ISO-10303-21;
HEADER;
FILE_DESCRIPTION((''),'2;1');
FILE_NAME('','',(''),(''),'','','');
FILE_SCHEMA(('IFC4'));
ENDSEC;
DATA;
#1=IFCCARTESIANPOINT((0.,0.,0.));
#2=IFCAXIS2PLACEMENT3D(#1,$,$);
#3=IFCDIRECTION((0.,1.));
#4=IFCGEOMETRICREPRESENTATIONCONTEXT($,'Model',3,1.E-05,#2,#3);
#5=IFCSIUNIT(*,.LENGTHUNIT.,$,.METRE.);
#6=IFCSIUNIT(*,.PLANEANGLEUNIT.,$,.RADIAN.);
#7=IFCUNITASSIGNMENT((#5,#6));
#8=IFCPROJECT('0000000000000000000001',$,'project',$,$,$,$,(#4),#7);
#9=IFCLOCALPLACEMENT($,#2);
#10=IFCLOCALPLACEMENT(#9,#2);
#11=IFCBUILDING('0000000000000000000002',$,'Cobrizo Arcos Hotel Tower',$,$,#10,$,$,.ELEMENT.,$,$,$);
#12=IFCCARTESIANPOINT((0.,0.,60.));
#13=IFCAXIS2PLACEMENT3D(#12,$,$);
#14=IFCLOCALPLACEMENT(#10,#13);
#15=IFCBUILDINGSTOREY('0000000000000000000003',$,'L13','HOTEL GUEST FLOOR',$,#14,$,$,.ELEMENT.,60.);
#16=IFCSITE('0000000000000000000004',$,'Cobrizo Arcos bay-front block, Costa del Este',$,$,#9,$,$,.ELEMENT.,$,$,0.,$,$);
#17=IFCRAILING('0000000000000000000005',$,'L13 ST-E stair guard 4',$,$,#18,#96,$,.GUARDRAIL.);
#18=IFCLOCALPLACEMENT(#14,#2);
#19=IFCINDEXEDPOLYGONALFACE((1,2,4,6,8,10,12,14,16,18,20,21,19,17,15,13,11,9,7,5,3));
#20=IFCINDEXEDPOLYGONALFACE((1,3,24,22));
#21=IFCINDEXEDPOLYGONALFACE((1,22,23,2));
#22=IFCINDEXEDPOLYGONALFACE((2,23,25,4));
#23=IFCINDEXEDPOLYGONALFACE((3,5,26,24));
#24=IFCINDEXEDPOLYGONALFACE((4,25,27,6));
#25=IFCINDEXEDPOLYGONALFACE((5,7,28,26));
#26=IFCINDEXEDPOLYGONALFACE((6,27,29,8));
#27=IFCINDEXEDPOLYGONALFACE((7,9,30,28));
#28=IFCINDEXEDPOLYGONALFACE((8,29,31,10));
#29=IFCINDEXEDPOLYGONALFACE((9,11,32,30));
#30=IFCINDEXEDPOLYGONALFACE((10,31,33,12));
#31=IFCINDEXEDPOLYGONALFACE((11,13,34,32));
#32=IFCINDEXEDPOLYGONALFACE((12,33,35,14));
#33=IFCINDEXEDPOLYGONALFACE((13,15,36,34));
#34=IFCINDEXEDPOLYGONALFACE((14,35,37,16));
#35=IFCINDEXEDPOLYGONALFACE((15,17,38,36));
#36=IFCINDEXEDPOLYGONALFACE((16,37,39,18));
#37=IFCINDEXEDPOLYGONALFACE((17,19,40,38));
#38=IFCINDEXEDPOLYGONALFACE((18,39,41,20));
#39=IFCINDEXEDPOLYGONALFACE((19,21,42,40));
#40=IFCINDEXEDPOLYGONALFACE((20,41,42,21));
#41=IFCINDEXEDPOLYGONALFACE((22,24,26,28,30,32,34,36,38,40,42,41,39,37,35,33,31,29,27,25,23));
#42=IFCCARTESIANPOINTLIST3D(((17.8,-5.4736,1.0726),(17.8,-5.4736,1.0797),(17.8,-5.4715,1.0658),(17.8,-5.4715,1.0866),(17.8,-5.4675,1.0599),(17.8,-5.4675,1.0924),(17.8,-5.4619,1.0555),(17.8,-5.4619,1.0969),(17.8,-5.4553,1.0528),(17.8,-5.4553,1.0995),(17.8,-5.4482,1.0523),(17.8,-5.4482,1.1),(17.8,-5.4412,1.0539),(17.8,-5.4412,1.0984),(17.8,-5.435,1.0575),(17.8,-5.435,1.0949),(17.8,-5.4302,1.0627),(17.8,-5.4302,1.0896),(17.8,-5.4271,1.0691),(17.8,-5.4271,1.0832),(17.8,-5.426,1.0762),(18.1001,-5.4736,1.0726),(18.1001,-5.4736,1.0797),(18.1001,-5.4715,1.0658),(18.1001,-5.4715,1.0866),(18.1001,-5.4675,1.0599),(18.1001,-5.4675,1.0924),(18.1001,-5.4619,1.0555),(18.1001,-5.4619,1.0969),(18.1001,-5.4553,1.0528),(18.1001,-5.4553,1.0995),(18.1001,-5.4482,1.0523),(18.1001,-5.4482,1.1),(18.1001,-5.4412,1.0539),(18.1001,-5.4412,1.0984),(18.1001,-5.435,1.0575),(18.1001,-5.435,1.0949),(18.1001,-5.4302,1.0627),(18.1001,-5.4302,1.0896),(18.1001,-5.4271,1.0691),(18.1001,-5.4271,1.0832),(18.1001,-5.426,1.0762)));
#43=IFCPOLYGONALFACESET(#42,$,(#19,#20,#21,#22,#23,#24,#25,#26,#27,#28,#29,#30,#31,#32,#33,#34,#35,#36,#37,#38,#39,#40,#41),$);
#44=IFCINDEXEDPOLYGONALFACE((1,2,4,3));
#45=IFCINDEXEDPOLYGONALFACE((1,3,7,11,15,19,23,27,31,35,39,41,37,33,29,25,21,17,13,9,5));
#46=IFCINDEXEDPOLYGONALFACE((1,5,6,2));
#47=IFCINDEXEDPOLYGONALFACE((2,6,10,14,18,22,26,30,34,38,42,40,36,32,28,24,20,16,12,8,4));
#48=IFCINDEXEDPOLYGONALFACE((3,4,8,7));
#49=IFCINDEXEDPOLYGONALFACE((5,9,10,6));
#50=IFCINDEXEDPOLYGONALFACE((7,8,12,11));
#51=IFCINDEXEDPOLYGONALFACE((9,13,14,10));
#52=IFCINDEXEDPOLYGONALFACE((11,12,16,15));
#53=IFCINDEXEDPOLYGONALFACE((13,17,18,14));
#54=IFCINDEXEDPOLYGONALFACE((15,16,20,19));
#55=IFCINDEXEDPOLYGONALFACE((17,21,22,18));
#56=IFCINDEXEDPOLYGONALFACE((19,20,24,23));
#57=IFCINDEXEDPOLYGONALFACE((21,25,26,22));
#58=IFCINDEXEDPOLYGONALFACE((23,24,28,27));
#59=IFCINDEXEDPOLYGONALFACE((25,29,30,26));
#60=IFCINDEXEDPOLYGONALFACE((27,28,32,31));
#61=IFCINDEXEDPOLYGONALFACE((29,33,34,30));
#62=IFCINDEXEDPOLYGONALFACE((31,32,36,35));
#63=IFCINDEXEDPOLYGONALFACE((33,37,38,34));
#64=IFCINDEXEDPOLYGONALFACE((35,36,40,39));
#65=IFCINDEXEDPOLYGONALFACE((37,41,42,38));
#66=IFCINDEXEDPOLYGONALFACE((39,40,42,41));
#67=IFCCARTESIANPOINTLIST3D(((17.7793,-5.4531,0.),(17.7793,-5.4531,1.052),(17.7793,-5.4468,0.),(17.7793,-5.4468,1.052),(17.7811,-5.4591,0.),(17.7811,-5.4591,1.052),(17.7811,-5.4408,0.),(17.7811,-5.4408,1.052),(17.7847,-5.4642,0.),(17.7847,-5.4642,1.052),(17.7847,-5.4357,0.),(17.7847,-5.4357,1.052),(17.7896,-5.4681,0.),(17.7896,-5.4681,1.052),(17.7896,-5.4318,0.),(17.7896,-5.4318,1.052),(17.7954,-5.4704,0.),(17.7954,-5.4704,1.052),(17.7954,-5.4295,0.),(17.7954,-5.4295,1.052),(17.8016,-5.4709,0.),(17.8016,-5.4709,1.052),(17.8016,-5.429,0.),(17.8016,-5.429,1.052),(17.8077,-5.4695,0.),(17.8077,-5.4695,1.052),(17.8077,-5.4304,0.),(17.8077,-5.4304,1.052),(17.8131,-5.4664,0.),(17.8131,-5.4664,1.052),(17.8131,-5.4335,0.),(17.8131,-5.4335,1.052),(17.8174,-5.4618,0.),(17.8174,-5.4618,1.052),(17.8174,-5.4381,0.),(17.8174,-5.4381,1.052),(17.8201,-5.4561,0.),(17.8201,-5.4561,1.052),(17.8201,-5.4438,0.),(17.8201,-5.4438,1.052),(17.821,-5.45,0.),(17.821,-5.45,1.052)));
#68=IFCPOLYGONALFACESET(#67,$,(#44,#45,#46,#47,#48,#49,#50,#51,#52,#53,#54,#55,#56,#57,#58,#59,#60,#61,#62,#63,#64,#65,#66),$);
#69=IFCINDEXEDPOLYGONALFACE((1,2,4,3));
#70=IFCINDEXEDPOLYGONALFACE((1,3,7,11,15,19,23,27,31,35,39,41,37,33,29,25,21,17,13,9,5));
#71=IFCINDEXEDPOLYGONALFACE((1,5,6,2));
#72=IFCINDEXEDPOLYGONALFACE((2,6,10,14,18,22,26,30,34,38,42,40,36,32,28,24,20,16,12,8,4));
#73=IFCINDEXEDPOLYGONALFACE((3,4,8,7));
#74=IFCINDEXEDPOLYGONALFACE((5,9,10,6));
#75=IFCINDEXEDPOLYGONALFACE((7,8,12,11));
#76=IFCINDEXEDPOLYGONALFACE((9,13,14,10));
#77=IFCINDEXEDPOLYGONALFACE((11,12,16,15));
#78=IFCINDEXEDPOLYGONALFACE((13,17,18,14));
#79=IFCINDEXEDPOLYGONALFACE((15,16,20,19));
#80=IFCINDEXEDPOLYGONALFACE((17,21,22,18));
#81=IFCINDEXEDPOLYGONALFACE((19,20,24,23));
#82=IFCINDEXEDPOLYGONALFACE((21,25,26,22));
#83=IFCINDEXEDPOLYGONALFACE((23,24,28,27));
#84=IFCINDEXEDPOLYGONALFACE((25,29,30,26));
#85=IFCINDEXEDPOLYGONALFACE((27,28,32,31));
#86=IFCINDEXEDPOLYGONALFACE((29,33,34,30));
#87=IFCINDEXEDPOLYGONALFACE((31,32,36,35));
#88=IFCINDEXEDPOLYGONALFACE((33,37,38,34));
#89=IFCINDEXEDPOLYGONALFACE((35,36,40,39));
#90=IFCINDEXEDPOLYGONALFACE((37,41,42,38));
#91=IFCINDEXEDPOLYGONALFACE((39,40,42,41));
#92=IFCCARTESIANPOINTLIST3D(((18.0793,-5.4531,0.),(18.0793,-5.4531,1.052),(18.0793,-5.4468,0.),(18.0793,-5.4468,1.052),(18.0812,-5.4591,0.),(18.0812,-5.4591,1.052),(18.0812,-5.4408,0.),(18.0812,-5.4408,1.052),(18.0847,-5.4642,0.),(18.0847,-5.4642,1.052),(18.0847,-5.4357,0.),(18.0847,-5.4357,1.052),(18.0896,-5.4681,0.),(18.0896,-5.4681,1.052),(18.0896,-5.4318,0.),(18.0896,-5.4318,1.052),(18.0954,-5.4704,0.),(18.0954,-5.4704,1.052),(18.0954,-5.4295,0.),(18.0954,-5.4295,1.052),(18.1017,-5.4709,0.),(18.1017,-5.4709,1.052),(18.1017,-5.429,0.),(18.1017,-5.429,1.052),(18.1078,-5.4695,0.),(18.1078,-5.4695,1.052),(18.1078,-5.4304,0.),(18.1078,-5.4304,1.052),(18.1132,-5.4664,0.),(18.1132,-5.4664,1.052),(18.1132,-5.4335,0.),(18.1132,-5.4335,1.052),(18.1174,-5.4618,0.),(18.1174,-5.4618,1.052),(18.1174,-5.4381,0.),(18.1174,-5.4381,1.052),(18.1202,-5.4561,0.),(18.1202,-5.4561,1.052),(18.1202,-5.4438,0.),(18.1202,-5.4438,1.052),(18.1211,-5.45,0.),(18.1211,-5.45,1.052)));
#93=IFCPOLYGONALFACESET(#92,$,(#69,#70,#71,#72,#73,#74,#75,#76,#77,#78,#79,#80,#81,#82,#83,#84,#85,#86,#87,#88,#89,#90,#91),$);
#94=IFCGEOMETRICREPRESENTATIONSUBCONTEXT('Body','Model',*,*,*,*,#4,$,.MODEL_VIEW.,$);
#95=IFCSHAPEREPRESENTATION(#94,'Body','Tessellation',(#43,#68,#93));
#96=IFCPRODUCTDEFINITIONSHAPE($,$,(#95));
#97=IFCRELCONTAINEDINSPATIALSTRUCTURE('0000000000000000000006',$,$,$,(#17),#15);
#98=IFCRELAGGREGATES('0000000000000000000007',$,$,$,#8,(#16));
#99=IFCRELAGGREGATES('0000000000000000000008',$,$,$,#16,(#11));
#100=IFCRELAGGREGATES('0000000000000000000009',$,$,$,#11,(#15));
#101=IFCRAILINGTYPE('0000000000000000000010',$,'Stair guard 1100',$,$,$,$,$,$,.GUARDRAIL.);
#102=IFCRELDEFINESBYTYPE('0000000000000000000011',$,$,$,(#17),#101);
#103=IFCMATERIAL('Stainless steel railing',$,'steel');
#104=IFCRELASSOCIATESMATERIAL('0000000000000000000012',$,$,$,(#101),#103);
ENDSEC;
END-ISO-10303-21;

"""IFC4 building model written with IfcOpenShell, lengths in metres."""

from ifc_helpers import new_model, si_unit, direction, frame, origin, origin_2d, place, context, subcontext, project, spatial, circle, extrude, material, type_object, element, save


model = new_model("IFC4")

# Units and contexts
model_context = context("Model", 3, precision=1e-05, world=origin(), true_north=direction((0.0, 1.0)))
body_context = subcontext(model_context, "Body", "Model", "MODEL_VIEW")
ifc_project = project(units=[si_unit("LENGTHUNIT", "METRE"), si_unit("PLANEANGLEUNIT", "RADIAN")], contexts=[model_context])

# Site, building, storey
site_placement = place(None, origin())
site = spatial("IfcSite", under=ifc_project, at=site_placement, Name="Cobrizo Arcos bay-front block, Costa del Este", CompositionType="ELEMENT", RefElevation=0.0)
building_placement = place(site_placement, origin())
building = spatial("IfcBuilding", under=site, at=building_placement, Name="Cobrizo Arcos Hotel Tower", CompositionType="ELEMENT")
storey_placement = place(building_placement, frame((0.0, 0.0, 60.0)))
storey = spatial("IfcBuildingStorey", under=building, at=storey_placement, Name="L13", Description="HOTEL GUEST FLOOR", CompositionType="ELEMENT", Elevation=60.0)

# Railing
ifc_material_1 = material(Name="Stainless steel railing", Category="steel")
railing_type_1 = type_object("IfcRailingType", Name="Stair guard 1100", PredefinedType="GUARDRAIL", material=ifc_material_1)
railing_1_placement = place(storey_placement, frame((17.8, -5.45, 0.0)))
element("IfcRailing", 1, at=railing_1_placement, inside=storey, type_object=railing_type_1, Name="L13 ST-E stair guard 4", PredefinedType="GUARDRAIL", context=body_context, shape_type="SweptSolid", body=[
    extrude(circle(Radius=0.0239, at=origin_2d()), frame((0.0, 0.0, 1.0762), z_axis=(1.0, 0.0, 0.0), x_axis=(0.0, 1.0, 0.0)), (0.0, 0.0, 1.0), 0.3),
    extrude(circle(Radius=0.021, at=origin_2d()), origin(), (0.0, 0.0, 1.0), 1.052),
    extrude(circle(Radius=0.021, at=origin_2d()), frame((0.3, 0.0, 0.0)), (0.0, 0.0, 1.0), 1.052),
])

save(model, "model.ifc")
